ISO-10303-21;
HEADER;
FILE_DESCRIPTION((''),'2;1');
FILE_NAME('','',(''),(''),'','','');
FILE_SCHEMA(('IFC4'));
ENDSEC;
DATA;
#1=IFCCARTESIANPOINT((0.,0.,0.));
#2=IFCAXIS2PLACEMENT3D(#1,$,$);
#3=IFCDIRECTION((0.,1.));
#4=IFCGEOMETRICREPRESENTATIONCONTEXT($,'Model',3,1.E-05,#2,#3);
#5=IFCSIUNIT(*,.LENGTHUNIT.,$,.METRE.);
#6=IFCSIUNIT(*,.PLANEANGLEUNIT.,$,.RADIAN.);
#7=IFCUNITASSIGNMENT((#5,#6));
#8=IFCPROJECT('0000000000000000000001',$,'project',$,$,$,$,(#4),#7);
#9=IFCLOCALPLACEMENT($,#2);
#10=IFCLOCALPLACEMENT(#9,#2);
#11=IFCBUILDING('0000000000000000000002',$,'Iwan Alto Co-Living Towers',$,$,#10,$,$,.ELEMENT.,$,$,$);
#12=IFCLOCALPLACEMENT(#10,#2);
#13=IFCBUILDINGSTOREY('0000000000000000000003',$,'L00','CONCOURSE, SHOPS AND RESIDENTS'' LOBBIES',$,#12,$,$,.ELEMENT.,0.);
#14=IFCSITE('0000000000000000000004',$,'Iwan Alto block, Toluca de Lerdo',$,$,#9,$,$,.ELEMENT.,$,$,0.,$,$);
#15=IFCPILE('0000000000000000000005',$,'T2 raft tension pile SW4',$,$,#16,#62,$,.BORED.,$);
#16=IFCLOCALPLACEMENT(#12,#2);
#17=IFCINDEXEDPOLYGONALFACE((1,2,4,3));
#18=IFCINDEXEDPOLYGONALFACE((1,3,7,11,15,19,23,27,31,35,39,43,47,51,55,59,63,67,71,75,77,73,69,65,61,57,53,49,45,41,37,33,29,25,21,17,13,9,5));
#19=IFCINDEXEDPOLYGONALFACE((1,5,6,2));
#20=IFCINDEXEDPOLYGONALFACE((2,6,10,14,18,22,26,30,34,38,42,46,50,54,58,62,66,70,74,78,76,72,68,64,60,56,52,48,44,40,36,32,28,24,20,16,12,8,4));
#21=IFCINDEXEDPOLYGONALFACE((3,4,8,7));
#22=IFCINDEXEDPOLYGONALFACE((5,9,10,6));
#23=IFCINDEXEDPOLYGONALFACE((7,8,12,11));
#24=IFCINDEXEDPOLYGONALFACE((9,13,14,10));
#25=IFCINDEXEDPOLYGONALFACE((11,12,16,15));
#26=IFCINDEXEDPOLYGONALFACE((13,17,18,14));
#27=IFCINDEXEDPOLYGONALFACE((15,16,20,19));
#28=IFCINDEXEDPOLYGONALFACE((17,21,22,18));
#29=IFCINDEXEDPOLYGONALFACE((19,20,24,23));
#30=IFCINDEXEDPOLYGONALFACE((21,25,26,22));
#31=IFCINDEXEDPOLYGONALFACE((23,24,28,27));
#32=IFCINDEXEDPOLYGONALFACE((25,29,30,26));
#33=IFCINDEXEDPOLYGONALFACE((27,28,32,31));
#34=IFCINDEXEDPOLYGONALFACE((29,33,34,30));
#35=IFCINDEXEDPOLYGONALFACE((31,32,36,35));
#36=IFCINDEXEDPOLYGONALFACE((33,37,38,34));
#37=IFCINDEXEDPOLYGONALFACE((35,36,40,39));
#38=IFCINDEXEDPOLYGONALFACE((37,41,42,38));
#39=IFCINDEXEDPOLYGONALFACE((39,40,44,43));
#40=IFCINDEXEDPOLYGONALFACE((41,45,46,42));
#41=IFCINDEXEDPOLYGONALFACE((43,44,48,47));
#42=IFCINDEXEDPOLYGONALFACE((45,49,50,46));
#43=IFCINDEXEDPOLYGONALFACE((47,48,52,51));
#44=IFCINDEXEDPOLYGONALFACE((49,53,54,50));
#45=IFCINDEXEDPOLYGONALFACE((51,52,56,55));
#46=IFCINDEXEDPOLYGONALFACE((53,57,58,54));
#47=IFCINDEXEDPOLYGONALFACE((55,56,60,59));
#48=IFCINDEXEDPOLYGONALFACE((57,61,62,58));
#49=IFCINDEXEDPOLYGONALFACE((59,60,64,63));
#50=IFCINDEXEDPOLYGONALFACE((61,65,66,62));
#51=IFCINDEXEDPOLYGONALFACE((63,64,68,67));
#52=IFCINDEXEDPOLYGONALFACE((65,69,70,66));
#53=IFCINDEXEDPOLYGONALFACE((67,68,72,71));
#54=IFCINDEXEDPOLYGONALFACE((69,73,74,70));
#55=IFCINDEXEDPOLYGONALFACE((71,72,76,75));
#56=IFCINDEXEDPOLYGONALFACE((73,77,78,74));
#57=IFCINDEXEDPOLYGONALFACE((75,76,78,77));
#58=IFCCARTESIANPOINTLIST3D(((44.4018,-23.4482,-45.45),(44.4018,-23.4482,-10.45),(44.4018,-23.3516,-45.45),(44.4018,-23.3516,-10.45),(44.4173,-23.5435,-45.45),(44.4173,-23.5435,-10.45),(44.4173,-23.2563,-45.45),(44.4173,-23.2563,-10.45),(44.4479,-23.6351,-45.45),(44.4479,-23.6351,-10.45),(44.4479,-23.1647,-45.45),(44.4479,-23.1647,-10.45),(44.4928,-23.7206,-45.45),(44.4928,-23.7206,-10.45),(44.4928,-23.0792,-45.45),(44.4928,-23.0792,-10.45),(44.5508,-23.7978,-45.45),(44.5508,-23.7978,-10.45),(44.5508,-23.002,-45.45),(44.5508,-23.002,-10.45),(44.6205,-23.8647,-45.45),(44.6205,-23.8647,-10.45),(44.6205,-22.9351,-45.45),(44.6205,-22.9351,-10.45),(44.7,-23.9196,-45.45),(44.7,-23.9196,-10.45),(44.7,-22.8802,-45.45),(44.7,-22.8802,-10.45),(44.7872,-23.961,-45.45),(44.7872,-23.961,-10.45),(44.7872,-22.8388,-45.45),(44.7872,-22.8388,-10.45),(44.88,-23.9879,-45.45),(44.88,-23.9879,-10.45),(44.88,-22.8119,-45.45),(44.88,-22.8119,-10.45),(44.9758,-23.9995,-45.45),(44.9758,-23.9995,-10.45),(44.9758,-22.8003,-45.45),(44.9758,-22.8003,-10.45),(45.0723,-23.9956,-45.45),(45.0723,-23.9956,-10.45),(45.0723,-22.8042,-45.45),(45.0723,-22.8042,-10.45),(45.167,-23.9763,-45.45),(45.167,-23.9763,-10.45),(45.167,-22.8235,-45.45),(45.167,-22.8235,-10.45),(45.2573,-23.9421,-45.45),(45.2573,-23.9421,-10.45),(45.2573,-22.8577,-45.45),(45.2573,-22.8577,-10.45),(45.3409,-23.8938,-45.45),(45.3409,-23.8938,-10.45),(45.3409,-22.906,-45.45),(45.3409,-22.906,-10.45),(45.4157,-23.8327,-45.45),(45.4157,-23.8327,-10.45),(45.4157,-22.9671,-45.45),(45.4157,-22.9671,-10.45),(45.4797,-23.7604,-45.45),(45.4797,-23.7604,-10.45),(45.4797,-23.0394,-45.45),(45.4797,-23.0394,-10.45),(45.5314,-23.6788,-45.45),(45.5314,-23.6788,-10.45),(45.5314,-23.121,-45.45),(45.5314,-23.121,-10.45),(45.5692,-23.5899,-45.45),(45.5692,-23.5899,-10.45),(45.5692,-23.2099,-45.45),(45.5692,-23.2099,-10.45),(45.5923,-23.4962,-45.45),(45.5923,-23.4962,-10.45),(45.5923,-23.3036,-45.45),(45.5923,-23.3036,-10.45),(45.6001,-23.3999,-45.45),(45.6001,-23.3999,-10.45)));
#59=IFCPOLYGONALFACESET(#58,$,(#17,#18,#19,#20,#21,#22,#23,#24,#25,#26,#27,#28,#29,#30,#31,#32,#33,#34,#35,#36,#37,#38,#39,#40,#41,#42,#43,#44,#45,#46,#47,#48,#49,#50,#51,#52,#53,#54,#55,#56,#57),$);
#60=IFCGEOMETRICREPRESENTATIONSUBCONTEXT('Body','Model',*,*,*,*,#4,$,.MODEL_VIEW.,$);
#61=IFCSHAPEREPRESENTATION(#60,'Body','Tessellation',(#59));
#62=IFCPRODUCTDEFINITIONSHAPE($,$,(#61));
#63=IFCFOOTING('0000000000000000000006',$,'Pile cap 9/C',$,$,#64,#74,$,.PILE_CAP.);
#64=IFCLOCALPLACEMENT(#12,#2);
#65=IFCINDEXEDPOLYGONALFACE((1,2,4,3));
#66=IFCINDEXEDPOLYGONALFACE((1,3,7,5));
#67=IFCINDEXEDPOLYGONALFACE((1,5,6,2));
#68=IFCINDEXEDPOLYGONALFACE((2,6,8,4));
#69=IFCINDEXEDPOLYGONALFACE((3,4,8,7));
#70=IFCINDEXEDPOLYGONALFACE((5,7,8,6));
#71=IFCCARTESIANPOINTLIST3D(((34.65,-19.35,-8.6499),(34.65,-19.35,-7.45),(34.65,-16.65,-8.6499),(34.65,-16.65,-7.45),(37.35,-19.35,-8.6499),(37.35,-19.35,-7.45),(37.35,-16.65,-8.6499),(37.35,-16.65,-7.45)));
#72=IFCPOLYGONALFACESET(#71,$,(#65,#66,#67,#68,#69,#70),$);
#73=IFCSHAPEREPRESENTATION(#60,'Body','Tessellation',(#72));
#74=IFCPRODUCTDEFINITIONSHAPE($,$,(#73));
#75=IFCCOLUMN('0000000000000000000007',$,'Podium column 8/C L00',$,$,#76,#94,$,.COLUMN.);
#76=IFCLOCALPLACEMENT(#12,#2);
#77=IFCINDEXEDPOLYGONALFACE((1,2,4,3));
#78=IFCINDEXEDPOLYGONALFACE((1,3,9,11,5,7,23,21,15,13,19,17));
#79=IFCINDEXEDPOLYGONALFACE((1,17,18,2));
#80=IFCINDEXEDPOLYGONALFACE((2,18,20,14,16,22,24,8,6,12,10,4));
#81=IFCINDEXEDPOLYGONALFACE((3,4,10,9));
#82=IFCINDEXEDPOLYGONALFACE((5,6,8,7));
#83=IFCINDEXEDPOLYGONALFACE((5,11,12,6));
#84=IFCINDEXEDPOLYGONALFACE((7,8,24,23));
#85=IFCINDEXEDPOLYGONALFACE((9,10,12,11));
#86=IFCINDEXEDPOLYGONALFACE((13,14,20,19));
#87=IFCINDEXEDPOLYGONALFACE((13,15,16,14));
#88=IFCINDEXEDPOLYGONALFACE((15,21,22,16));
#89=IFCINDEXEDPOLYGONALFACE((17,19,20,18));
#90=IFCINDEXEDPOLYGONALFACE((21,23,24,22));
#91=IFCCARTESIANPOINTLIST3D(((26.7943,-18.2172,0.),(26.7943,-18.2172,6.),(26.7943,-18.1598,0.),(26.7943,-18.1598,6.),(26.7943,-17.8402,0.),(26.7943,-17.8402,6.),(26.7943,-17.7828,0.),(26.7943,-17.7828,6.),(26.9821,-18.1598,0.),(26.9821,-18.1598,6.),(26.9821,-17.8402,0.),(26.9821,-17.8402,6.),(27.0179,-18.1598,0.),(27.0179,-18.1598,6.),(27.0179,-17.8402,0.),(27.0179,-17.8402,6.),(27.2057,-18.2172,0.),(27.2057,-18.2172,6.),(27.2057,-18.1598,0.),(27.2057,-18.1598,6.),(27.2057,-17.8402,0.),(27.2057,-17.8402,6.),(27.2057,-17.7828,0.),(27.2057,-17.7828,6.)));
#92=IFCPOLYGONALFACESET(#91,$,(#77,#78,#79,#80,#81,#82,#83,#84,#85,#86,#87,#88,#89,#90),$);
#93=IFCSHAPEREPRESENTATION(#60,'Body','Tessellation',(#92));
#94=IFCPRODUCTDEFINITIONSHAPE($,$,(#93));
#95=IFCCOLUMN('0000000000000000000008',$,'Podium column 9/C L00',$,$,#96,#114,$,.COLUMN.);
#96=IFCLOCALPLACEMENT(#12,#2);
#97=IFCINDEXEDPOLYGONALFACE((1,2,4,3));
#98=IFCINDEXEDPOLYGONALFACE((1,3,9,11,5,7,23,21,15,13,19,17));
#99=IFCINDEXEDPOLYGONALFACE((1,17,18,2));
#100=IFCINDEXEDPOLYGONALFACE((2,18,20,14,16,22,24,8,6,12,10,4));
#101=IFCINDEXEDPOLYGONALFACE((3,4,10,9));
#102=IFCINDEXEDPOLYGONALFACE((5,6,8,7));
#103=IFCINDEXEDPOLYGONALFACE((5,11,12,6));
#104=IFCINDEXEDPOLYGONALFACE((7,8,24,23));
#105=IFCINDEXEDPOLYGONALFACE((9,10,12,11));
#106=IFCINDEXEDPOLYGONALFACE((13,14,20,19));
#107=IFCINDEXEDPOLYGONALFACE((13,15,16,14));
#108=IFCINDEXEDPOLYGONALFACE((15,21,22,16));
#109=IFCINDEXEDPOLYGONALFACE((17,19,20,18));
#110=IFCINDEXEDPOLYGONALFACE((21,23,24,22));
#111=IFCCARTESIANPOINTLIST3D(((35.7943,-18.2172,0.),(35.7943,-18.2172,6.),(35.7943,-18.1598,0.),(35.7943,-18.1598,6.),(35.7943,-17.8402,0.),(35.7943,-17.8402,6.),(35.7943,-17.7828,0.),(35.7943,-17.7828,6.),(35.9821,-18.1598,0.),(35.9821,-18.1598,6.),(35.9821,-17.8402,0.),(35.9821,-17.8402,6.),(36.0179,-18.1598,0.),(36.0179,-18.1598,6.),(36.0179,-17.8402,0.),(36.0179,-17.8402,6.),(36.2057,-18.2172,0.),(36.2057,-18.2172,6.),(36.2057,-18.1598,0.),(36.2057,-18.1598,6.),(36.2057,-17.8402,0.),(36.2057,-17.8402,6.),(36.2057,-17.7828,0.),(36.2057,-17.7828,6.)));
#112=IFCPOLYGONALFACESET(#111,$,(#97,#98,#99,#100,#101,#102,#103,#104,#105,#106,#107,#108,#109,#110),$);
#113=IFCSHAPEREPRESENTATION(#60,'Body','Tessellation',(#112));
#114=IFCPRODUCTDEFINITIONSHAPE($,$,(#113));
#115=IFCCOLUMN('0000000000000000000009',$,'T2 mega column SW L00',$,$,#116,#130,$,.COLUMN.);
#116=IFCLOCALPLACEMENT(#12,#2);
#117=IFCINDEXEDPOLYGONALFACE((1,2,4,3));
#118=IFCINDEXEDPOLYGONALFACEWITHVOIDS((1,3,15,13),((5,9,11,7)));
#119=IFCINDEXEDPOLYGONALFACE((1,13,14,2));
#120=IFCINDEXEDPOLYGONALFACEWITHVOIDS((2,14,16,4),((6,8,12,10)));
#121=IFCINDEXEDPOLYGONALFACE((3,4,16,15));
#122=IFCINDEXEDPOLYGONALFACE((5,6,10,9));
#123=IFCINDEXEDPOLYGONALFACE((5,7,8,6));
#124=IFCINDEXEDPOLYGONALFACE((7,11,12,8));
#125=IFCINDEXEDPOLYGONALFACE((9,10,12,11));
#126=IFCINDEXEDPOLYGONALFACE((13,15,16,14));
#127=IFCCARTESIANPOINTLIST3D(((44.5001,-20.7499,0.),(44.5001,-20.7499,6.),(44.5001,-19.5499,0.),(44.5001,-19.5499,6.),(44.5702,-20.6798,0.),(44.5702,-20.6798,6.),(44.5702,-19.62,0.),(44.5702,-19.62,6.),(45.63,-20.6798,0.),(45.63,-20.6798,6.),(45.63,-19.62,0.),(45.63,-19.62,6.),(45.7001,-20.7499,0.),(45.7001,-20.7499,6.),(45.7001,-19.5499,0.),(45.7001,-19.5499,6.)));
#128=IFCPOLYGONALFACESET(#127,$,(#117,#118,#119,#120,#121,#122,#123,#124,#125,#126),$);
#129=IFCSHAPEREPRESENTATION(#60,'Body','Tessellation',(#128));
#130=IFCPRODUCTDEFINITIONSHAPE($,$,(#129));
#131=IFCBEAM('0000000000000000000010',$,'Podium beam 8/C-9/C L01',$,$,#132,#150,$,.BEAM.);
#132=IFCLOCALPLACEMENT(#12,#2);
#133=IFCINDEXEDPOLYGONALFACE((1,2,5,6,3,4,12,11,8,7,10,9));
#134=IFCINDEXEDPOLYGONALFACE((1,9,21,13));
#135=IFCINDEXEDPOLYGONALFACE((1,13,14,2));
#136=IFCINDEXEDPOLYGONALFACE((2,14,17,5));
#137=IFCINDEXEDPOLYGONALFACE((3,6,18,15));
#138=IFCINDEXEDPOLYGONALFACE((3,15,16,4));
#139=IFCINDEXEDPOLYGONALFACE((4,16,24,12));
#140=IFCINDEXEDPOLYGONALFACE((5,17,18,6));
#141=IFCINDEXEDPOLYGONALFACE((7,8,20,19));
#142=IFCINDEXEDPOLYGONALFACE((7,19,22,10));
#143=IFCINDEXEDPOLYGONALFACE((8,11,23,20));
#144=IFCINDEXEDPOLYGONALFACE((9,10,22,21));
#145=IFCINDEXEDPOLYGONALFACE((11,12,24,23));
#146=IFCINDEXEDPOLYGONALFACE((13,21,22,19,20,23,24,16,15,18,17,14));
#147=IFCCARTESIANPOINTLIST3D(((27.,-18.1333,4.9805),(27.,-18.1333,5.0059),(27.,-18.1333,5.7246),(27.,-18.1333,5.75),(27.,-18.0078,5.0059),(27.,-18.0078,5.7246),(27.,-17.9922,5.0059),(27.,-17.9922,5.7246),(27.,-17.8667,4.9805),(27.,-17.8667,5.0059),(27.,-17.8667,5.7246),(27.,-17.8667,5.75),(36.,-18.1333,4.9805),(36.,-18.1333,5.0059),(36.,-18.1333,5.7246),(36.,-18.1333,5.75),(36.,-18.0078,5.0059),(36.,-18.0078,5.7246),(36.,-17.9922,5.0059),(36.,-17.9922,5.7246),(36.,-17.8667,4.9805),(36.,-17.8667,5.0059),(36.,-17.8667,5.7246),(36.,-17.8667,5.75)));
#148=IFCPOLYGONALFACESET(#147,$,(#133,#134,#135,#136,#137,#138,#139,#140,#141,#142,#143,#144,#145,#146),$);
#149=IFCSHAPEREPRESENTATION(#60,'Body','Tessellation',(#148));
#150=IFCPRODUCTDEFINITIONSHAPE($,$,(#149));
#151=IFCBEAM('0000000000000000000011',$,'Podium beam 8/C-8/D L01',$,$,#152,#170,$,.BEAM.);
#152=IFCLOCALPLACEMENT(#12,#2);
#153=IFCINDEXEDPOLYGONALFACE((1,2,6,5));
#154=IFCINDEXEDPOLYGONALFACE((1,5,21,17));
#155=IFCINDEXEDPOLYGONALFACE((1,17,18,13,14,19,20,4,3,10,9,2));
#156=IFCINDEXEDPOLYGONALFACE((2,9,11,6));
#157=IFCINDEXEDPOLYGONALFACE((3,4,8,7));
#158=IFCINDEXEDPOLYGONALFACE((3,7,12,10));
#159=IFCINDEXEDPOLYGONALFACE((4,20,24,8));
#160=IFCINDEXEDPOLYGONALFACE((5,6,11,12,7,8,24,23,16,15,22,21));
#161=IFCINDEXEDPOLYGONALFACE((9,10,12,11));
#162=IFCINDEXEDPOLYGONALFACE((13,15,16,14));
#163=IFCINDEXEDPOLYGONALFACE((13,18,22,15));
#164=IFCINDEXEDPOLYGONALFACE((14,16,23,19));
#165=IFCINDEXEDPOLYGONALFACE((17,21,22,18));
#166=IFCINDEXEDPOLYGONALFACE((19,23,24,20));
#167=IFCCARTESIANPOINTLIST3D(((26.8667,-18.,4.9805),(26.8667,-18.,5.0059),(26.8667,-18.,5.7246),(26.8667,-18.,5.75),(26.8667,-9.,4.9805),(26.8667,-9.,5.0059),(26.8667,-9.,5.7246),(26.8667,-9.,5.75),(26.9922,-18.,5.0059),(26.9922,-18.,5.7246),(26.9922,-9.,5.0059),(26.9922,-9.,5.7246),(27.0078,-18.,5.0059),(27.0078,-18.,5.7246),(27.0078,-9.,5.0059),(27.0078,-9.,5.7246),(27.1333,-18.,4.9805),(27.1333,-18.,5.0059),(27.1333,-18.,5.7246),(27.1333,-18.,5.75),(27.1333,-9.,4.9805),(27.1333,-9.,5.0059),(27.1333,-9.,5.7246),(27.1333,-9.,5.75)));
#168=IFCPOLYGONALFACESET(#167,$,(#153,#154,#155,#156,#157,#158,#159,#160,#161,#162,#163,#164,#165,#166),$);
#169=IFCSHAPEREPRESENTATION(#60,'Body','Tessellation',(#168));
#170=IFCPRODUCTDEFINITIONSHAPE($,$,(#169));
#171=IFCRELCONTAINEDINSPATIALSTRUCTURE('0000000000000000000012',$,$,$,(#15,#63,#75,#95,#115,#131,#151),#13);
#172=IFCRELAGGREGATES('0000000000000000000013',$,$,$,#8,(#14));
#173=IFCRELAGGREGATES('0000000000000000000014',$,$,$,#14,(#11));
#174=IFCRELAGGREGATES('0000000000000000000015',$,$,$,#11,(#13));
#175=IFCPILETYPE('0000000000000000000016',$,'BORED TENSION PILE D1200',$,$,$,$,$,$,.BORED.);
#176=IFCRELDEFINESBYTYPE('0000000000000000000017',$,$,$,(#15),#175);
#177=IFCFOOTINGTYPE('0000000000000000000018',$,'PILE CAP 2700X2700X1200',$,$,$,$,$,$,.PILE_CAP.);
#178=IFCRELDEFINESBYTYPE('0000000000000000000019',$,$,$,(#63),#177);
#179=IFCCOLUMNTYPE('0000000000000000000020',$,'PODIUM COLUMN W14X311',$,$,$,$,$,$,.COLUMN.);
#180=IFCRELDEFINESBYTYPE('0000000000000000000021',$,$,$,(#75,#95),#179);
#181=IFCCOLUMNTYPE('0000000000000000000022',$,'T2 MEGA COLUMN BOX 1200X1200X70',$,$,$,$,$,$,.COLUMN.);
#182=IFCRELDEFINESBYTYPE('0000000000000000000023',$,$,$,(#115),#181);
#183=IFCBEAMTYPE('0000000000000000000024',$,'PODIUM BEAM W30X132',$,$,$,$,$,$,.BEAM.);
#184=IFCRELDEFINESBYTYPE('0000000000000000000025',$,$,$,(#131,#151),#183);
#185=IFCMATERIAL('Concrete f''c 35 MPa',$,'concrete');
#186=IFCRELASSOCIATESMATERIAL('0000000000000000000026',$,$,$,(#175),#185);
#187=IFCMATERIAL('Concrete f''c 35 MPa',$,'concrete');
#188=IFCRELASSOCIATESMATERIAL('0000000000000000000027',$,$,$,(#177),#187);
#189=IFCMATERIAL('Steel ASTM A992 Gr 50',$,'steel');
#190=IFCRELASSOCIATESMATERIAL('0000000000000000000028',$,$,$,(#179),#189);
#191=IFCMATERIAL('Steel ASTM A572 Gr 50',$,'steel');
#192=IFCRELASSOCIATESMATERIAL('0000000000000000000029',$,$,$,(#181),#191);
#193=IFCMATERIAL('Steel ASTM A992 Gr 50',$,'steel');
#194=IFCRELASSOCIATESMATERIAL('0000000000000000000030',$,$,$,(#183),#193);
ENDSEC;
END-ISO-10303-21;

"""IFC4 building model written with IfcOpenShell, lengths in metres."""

from ifc_helpers import new_model, si_unit, direction, frame, origin, origin_2d, place, context, subcontext, project, spatial, rectangle, hollow_rectangle, circle, i_section, extrude, material, material_profile, profile_set, type_object, element, save


model = new_model("IFC4")

# Units and contexts
model_context = context("Model", 3, precision=1e-05, world=origin(), true_north=direction((0.0, 1.0)))
body_context = subcontext(model_context, "Body", "Model", "MODEL_VIEW")
ifc_project = project(units=[si_unit("LENGTHUNIT", "METRE"), si_unit("PLANEANGLEUNIT", "RADIAN")], contexts=[model_context])

# Site, building, storey
site_placement = place(None, origin())
site = spatial("IfcSite", under=ifc_project, at=site_placement, Name="Iwan Alto block, Toluca de Lerdo", CompositionType="ELEMENT", RefElevation=0.0)
building_placement = place(site_placement, origin())
building = spatial("IfcBuilding", under=site, at=building_placement, Name="Iwan Alto Co-Living Towers", CompositionType="ELEMENT")
storey_placement = place(building_placement, origin())
storey = spatial("IfcBuildingStorey", under=building, at=storey_placement, Name="L00", Description="CONCOURSE, SHOPS AND RESIDENTS' LOBBIES", CompositionType="ELEMENT", Elevation=0.0)

# Pile
ifc_material_1 = material(Name="Concrete f'c 35 MPa", Category="concrete")
ifc_material_profile_1 = material_profile(ifc_material_1, circle(Radius=0.6001, at=origin_2d()), Name="D1200")
ifc_profile_set_1 = profile_set([ifc_material_profile_1], Name="Concrete f'c 35 MPa")
pile_type_1 = type_object("IfcPileType", Name="BORED TENSION PILE D1200", PredefinedType="BORED", material=ifc_profile_set_1)
for number, where, z_axis, x_axis, name in (
    (1, (45.0, -23.3999, -10.45), (0.0, 0.0, -1.0), (1.0, 0.0, 0.0), "T2 raft tension pile SW4"),
):
    element("IfcPile", number, at=place(storey_placement, frame(where, z_axis=z_axis, x_axis=x_axis)), inside=storey, type_object=pile_type_1, Name=name, PredefinedType="BORED", context=body_context, shape_type="SweptSolid", body=[
        extrude(circle(Radius=0.6001, at=origin_2d()), origin(), (0.0, 0.0, 1.0), 35.0),
    ])

# Footing
ifc_material_2 = material(Name="Concrete f'c 35 MPa", Category="concrete")
footing_type = type_object("IfcFootingType", Name="PILE CAP 2700X2700X1200", PredefinedType="PILE_CAP", material=ifc_material_2)
footing_placement = place(storey_placement, frame((36.0, -18.0, -8.6499), z_axis=(0.0, 0.0, 1.0), x_axis=(1.0, 0.0, 0.0)))
element("IfcFooting", 2, at=footing_placement, inside=storey, type_object=footing_type, Name="Pile cap 9/C", PredefinedType="PILE_CAP", context=body_context, shape_type="SweptSolid", body=[
    extrude(rectangle(XDim=2.7, YDim=2.7, at=origin_2d()), origin(), (0.0, 0.0, 1.0), 1.2),
])

# Columns
ifc_material_3 = material(Name="Steel ASTM A992 Gr 50", Category="steel")
ifc_material_profile_2 = material_profile(ifc_material_3, i_section(OverallWidth=0.4114, OverallDepth=0.4343, WebThickness=0.0359, FlangeThickness=0.0574, at=origin_2d()), Name="W14X311")
ifc_profile_set_2 = profile_set([ifc_material_profile_2], Name="Steel ASTM A992 Gr 50")
column_type_1 = type_object("IfcColumnType", Name="PODIUM COLUMN W14X311", PredefinedType="COLUMN", material=ifc_profile_set_2)
for number, where, z_axis, x_axis, name in (
    (3, (27.0, -18.0, 0.0), (0.0, 0.0, 1.0), (1.0, 0.0, 0.0), "Podium column 8/C L00"),
    (4, (36.0, -18.0, 0.0), (0.0, 0.0, 1.0), (1.0, 0.0, 0.0), "Podium column 9/C L00"),
):
    element("IfcColumn", number, at=place(storey_placement, frame(where, z_axis=z_axis, x_axis=x_axis)), inside=storey, type_object=column_type_1, Name=name, PredefinedType="COLUMN", context=body_context, shape_type="SweptSolid", body=[
        extrude(i_section(OverallWidth=0.4114, OverallDepth=0.4343, WebThickness=0.0359, FlangeThickness=0.0574, at=origin_2d()), origin(), (0.0, 0.0, 1.0), 6.0),
    ])
ifc_material_4 = material(Name="Steel ASTM A572 Gr 50", Category="steel")
ifc_material_profile_3 = material_profile(ifc_material_4, hollow_rectangle(XDim=1.2, YDim=1.2, WallThickness=0.0701, at=origin_2d()), Name="BOX 1200X1200X70")
ifc_profile_set_3 = profile_set([ifc_material_profile_3], Name="Steel ASTM A572 Gr 50")
column_type_2 = type_object("IfcColumnType", Name="T2 MEGA COLUMN BOX 1200X1200X70", PredefinedType="COLUMN", material=ifc_profile_set_3)
column_placement = place(storey_placement, frame((45.1001, -20.1499, 0.0), z_axis=(0.0, 0.0, 1.0), x_axis=(1.0, 0.0, 0.0)))
element("IfcColumn", 5, at=column_placement, inside=storey, type_object=column_type_2, Name="T2 mega column SW L00", PredefinedType="COLUMN", context=body_context, shape_type="SweptSolid", body=[
    extrude(hollow_rectangle(XDim=1.2, YDim=1.2, WallThickness=0.0701, at=origin_2d()), origin(), (0.0, 0.0, 1.0), 6.0),
])

# Beams
ifc_material_5 = material(Name="Steel ASTM A992 Gr 50", Category="steel")
ifc_material_profile_4 = material_profile(ifc_material_5, i_section(OverallWidth=0.2666, OverallDepth=0.7695, WebThickness=0.0156, FlangeThickness=0.0254, at=origin_2d()), Name="W30X132")
ifc_profile_set_4 = profile_set([ifc_material_profile_4], Name="Steel ASTM A992 Gr 50")
beam_type_1 = type_object("IfcBeamType", Name="PODIUM BEAM W30X132", PredefinedType="BEAM", material=ifc_profile_set_4)
for number, where, z_axis, x_axis, name in (
    (6, (27.0, -18.0, 5.3652), (1.0, 0.0, 0.0), (0.0, 1.0, 0.0), "Podium beam 8/C-9/C L01"),
    (7, (27.0, -18.0, 5.3652), (0.0, 1.0, 0.0), (-1.0, 0.0, 0.0), "Podium beam 8/C-8/D L01"),
):
    element("IfcBeam", number, at=place(storey_placement, frame(where, z_axis=z_axis, x_axis=x_axis)), inside=storey, type_object=beam_type_1, Name=name, PredefinedType="BEAM", context=body_context, shape_type="SweptSolid", body=[
        extrude(i_section(OverallWidth=0.2666, OverallDepth=0.7695, WebThickness=0.0156, FlangeThickness=0.0254, at=origin_2d()), origin(), (0.0, 0.0, 1.0), 9.0),
    ])

save(model, "model.ifc")
